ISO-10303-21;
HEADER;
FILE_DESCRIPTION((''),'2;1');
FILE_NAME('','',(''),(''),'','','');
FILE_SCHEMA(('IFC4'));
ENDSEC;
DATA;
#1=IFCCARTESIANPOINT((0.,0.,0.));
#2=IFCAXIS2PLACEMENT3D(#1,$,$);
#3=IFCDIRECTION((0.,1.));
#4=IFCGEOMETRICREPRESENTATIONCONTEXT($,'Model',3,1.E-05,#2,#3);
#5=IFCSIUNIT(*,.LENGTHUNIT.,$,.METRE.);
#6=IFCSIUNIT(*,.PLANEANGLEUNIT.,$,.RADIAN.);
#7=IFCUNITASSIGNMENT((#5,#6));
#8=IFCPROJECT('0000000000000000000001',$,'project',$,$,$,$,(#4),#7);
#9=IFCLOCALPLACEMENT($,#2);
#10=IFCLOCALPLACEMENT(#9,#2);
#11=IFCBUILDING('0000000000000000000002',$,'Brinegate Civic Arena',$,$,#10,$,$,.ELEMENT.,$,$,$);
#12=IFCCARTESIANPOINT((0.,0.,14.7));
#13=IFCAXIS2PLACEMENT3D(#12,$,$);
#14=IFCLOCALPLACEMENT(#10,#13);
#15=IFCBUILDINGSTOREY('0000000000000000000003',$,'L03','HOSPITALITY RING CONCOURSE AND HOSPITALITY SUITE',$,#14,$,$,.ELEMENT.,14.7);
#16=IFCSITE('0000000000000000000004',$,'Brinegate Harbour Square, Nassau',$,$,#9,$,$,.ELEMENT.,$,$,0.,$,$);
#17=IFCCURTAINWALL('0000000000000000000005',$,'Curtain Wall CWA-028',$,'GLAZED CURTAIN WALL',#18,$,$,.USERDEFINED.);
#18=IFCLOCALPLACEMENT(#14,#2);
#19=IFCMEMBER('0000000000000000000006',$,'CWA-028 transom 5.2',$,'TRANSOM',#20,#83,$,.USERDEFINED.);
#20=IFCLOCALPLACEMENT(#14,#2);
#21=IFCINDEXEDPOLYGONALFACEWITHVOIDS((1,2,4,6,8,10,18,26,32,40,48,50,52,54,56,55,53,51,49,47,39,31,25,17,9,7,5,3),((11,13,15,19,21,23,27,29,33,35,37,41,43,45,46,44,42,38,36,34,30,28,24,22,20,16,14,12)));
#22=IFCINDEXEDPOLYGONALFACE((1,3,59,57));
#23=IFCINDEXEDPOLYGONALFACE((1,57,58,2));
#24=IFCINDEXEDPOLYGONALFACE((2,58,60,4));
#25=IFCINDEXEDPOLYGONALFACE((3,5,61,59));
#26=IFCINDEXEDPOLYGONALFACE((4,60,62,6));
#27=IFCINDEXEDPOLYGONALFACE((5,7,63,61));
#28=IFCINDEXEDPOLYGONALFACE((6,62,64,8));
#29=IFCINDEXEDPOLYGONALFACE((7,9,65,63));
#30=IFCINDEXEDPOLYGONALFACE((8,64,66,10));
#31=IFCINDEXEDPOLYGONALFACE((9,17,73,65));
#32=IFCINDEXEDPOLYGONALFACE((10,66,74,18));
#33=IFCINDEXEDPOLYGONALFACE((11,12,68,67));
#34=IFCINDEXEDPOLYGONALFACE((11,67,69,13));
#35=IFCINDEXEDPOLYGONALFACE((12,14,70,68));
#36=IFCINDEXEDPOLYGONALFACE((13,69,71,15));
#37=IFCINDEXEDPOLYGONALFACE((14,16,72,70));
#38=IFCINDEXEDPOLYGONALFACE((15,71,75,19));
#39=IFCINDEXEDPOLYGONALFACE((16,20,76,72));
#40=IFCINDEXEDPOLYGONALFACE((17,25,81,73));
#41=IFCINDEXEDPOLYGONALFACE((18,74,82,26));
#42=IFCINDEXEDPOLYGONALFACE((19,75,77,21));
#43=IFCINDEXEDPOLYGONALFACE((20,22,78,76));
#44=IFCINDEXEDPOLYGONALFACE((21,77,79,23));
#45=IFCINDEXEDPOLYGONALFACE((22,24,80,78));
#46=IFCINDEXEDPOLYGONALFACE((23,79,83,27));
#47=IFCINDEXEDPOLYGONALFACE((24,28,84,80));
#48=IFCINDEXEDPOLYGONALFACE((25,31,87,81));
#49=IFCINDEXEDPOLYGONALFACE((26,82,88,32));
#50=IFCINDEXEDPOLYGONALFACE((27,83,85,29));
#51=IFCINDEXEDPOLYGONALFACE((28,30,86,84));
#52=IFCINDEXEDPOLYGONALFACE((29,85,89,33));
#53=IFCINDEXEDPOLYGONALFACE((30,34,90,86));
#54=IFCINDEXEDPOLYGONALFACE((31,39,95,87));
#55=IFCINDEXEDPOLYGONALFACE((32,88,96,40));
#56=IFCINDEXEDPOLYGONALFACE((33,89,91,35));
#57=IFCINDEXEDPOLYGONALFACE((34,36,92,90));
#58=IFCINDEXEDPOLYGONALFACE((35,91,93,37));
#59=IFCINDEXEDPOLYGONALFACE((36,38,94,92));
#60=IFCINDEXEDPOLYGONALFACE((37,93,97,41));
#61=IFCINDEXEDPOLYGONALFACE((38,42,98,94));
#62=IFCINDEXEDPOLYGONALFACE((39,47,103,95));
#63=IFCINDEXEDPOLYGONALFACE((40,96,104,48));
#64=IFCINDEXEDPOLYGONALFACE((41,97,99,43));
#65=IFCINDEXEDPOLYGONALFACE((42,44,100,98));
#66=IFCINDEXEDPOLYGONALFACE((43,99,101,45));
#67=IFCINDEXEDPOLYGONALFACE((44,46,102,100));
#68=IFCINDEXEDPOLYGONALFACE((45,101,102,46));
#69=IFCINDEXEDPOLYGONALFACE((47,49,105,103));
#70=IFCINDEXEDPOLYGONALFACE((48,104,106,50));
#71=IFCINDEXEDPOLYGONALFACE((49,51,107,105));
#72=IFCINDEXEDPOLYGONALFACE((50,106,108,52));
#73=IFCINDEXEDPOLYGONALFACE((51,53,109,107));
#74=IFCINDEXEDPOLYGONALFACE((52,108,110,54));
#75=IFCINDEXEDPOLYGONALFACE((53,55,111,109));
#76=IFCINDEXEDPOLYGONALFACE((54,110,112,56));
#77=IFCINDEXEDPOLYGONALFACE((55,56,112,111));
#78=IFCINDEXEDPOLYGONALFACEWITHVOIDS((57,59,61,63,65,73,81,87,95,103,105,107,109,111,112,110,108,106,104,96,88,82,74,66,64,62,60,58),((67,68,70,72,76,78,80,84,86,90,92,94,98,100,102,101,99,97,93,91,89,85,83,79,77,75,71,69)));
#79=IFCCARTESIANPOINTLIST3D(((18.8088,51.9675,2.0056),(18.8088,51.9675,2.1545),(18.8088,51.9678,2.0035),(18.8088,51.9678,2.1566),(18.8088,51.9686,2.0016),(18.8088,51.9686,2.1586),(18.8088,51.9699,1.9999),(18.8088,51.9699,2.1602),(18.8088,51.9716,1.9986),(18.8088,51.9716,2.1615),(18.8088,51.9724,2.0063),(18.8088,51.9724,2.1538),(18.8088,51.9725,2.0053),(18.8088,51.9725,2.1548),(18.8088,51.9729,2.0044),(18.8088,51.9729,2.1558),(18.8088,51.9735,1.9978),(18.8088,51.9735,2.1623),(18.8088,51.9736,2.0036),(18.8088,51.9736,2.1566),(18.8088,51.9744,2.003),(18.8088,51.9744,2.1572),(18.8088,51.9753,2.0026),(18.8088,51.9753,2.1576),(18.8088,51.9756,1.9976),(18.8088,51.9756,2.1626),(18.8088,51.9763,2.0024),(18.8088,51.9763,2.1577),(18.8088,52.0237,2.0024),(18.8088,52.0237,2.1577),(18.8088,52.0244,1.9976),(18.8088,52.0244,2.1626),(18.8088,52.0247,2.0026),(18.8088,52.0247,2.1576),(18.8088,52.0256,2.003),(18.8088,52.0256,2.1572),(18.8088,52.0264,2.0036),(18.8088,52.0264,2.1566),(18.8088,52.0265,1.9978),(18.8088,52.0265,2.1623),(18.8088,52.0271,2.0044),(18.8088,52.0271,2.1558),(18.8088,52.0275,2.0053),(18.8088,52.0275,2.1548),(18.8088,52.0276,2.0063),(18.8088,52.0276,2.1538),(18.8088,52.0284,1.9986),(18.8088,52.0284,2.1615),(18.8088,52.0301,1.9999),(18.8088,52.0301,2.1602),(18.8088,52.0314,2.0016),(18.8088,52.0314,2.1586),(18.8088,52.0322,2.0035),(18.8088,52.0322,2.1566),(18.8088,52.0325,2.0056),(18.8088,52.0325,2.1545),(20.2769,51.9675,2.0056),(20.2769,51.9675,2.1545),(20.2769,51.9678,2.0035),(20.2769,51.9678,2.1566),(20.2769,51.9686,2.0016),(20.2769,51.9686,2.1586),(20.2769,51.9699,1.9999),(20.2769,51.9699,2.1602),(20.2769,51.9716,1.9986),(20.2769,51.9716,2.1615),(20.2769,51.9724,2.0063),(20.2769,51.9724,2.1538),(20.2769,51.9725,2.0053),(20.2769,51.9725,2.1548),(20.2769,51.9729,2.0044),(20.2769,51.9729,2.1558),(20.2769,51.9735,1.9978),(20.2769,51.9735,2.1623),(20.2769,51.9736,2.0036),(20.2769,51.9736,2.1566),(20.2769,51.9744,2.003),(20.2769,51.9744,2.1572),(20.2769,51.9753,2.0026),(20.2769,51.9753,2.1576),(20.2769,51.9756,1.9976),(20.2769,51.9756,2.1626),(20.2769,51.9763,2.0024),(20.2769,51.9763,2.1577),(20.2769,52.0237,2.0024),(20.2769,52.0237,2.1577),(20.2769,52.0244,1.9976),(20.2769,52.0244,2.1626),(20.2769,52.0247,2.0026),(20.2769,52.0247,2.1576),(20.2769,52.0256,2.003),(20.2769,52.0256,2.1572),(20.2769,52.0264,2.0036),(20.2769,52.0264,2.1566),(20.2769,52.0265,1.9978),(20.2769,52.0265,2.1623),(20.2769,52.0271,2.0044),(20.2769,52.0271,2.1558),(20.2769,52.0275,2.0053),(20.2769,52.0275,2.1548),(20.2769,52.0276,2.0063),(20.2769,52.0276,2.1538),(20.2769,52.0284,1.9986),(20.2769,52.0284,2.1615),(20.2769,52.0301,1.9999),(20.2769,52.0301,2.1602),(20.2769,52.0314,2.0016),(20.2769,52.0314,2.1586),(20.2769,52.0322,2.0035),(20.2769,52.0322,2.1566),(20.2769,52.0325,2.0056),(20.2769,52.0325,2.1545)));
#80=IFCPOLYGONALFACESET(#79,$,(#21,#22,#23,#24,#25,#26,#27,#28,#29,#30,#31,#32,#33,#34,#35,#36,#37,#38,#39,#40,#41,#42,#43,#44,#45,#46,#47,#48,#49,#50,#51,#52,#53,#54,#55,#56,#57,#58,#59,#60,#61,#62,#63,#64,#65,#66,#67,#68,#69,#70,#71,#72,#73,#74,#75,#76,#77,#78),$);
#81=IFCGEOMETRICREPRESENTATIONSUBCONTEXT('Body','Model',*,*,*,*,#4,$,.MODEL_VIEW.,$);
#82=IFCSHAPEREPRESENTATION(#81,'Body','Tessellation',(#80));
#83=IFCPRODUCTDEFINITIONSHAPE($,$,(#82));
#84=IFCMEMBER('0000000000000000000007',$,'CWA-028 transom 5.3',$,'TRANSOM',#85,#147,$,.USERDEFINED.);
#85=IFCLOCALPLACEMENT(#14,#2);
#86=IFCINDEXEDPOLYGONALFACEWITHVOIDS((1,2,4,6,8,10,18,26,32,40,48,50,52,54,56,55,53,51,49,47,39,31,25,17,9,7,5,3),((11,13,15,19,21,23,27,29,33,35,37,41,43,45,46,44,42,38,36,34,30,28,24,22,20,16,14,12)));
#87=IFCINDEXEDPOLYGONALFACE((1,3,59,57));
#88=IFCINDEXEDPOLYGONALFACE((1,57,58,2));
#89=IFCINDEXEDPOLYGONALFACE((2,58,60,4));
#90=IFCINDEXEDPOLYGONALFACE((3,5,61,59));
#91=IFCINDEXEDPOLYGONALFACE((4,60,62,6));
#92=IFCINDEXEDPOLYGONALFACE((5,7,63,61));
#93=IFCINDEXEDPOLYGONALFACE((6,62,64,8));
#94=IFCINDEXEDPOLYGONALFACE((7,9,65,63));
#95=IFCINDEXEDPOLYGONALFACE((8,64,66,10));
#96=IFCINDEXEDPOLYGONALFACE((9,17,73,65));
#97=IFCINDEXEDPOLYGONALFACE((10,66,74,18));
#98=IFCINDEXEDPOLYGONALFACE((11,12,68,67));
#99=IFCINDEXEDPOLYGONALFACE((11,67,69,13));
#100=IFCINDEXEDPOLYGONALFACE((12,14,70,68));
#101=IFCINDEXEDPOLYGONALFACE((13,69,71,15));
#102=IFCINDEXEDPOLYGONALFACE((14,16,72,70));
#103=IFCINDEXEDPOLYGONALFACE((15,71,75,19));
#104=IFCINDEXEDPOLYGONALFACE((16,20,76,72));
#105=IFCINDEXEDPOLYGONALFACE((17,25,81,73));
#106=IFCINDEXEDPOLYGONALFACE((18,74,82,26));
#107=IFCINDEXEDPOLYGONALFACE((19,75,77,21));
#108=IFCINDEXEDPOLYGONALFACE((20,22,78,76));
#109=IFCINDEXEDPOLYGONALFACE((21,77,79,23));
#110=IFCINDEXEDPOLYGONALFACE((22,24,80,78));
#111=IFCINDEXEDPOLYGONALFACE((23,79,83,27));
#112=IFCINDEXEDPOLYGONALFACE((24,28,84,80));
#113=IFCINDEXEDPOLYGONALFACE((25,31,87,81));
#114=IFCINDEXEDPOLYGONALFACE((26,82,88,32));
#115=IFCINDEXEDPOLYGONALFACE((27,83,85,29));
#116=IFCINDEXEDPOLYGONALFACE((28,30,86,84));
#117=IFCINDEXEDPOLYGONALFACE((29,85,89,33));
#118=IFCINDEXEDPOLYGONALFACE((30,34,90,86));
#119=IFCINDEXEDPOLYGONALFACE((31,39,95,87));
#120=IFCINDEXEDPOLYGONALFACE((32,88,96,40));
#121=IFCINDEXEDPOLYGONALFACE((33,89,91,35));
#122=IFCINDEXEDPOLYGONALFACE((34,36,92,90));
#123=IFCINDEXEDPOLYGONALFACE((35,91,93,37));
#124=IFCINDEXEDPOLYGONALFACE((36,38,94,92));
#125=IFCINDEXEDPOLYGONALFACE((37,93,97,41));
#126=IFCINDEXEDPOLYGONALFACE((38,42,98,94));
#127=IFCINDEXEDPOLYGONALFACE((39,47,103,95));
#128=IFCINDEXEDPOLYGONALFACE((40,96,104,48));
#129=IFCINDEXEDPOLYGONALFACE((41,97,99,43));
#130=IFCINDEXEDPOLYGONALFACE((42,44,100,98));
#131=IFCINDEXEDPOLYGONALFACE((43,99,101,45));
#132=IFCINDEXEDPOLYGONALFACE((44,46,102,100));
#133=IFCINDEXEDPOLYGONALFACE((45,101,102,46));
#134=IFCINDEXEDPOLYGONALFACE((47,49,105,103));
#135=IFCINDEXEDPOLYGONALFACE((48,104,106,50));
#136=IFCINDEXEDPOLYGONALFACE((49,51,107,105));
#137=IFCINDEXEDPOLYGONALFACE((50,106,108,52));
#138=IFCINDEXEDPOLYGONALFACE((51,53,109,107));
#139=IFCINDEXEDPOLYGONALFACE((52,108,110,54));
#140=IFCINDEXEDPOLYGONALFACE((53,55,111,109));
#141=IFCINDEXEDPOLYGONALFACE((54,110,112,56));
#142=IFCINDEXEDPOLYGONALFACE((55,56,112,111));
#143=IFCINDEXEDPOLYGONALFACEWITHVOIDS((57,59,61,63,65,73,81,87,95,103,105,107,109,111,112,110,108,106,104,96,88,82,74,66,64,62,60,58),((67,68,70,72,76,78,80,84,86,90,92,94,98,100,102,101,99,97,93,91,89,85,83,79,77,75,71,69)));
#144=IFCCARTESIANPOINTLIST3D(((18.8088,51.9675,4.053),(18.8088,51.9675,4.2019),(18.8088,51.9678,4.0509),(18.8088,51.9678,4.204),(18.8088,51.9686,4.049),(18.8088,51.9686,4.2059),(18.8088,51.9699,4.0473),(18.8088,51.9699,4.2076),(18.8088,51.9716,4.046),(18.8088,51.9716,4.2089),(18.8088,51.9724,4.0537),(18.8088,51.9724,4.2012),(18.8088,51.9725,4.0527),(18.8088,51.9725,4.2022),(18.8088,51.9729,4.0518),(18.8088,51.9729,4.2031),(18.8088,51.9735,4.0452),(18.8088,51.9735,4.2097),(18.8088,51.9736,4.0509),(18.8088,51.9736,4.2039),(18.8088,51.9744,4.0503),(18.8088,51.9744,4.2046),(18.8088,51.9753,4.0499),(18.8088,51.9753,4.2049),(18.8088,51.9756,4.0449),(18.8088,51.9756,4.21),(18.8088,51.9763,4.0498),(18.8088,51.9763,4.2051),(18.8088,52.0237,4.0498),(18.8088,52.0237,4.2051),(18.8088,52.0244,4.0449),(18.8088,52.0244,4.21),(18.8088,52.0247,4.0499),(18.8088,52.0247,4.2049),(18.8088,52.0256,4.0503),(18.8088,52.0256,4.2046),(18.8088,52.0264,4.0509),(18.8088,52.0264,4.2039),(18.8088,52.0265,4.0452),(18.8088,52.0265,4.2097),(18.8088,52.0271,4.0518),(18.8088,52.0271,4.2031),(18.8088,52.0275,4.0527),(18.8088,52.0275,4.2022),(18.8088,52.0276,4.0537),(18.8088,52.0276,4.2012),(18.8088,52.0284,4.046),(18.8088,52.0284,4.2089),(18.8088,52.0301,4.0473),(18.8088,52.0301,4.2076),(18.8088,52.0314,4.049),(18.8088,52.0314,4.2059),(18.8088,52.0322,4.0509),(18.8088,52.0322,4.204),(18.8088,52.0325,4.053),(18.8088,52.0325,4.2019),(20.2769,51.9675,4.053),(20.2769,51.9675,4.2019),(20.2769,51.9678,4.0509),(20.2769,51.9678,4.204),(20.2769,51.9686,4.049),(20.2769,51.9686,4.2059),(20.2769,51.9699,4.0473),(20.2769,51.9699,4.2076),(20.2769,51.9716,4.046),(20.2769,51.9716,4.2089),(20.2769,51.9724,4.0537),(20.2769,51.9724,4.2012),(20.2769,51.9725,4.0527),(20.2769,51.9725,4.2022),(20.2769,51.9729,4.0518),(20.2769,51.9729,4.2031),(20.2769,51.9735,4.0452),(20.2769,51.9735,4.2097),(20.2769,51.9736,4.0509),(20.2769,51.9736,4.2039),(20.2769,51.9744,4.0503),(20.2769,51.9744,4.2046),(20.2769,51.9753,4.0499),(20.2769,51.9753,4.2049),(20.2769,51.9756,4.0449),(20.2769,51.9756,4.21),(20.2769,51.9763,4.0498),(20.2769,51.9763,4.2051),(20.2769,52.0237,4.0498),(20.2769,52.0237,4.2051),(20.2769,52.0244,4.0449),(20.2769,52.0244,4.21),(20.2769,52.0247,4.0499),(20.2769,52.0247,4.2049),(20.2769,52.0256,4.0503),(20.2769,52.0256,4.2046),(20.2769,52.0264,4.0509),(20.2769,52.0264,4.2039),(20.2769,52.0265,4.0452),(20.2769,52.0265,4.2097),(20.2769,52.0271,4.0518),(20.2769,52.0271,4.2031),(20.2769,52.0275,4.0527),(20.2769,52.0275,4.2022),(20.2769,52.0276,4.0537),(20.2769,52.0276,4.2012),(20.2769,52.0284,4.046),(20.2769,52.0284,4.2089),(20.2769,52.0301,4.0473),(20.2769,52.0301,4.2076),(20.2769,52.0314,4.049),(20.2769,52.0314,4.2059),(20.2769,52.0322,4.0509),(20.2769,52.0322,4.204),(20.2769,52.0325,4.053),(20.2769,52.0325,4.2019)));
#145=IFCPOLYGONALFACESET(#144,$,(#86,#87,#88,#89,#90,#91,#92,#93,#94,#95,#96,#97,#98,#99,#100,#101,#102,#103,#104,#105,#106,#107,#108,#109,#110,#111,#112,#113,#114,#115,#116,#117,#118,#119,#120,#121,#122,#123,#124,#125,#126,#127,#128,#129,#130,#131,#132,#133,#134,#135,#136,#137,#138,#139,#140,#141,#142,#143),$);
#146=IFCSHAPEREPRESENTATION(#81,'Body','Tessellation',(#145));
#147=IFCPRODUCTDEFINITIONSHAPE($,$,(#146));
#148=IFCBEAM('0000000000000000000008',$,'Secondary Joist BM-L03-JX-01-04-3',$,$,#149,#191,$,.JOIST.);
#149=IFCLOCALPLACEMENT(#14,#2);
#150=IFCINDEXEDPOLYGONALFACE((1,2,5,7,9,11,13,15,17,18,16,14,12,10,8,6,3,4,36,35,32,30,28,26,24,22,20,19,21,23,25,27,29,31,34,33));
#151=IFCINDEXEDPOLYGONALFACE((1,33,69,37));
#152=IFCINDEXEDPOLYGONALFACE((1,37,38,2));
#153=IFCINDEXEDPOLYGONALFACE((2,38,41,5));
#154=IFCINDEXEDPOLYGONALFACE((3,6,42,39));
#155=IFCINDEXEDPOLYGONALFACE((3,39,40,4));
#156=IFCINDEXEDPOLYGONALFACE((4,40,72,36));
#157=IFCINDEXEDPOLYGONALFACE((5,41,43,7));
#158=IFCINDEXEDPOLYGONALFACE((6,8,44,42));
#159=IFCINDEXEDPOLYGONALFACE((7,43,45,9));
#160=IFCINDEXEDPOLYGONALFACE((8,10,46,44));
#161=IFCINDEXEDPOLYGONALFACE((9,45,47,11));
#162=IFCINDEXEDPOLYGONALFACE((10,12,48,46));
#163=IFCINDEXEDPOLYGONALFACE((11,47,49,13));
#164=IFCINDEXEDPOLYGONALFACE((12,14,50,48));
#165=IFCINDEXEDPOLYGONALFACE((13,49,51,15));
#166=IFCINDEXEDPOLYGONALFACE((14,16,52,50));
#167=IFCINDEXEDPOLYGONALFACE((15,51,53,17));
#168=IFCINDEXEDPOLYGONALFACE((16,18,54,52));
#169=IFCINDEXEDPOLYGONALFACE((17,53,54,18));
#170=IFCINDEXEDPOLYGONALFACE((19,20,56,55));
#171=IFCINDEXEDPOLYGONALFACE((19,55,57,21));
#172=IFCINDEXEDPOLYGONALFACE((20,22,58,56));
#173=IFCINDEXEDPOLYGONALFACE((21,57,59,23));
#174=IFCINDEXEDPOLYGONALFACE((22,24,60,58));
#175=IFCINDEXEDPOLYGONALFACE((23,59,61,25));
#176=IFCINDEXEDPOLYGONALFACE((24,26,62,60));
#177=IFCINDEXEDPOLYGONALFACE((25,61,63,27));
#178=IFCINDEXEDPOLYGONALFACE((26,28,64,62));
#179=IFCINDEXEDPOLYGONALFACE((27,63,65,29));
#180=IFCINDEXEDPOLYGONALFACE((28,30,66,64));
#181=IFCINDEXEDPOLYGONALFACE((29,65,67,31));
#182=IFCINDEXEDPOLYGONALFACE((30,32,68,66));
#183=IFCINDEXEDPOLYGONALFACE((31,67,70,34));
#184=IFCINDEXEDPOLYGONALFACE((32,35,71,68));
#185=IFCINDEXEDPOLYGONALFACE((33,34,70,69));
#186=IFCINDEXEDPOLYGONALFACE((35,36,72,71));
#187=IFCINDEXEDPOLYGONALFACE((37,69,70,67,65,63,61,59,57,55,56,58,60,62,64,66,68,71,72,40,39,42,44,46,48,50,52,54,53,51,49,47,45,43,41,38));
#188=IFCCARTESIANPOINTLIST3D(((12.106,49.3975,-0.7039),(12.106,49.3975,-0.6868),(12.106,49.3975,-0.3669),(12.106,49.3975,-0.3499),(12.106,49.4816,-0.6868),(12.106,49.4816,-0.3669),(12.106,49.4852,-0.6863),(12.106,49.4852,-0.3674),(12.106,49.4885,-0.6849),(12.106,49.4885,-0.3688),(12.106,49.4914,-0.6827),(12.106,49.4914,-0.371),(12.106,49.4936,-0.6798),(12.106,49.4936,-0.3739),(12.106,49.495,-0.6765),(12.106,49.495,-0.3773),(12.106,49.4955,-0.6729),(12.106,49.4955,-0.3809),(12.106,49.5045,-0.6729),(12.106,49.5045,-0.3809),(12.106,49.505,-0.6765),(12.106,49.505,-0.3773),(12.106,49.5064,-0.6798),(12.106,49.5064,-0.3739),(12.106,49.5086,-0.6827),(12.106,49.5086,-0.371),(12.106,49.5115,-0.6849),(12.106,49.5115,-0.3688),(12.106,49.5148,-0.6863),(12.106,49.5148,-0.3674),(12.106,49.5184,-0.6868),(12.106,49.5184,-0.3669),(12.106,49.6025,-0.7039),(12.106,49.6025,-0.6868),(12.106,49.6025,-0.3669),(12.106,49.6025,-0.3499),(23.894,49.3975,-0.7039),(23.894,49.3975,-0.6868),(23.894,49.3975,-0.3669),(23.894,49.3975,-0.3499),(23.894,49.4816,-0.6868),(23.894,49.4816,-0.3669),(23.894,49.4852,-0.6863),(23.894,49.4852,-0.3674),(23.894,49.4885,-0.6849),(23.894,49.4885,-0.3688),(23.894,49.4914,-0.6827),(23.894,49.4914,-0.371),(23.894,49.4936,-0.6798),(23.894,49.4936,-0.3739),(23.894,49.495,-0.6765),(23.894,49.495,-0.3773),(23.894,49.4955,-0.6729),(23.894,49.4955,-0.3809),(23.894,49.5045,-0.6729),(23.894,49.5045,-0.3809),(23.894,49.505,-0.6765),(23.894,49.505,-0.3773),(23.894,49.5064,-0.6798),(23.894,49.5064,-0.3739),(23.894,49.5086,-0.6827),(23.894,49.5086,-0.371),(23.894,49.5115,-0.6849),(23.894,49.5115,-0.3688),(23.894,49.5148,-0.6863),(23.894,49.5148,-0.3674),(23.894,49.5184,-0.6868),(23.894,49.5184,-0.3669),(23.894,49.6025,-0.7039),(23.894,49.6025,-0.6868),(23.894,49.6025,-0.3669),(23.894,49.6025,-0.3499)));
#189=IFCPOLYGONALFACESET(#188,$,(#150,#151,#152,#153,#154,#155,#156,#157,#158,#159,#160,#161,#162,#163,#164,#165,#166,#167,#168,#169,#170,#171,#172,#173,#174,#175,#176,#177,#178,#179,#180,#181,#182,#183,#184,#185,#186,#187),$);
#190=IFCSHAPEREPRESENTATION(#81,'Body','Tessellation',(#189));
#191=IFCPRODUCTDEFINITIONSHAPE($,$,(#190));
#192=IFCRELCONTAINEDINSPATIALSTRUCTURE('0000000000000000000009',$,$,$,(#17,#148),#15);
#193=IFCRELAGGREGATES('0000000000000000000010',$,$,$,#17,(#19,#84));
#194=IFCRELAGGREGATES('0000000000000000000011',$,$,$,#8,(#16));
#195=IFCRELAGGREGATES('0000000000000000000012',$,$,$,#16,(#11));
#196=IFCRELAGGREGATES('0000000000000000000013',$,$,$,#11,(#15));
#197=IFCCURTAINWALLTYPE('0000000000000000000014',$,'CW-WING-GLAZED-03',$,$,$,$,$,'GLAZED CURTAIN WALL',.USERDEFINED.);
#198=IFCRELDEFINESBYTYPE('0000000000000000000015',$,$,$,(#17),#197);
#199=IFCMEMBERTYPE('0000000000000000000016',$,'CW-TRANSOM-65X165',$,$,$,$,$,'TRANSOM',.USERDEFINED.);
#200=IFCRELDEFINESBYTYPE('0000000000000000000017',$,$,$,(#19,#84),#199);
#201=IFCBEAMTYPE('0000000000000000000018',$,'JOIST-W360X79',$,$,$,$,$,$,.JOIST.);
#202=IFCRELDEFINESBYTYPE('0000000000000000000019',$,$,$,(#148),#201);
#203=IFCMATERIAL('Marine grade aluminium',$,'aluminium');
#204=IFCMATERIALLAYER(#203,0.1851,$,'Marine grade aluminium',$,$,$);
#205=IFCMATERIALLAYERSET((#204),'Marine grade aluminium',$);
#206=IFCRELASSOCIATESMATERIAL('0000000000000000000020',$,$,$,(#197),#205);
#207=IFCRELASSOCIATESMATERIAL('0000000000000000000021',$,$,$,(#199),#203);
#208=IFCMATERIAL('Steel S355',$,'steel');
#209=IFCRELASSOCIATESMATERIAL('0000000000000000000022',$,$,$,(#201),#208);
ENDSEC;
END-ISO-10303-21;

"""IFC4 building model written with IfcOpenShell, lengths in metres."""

from ifc_helpers import new_model, si_unit, direction, frame, origin, origin_2d, place, context, subcontext, project, spatial, hollow_rectangle, i_section, extrude, material, layer, layer_set, material_profile, profile_set, type_object, element, aggregate, save


model = new_model("IFC4")

# Units and contexts
model_context = context("Model", 3, precision=1e-05, world=origin(), true_north=direction((0.0, 1.0)))
body_context = subcontext(model_context, "Body", "Model", "MODEL_VIEW")
ifc_project = project(units=[si_unit("LENGTHUNIT", "METRE"), si_unit("PLANEANGLEUNIT", "RADIAN")], contexts=[model_context])

# Site, building, storey
site_placement = place(None, origin())
site = spatial("IfcSite", under=ifc_project, at=site_placement, Name="Brinegate Harbour Square, Nassau", CompositionType="ELEMENT", RefElevation=0.0)
building_placement = place(site_placement, origin())
building = spatial("IfcBuilding", under=site, at=building_placement, Name="Brinegate Civic Arena", CompositionType="ELEMENT")
storey_placement = place(building_placement, frame((0.0, 0.0, 14.7)))
storey = spatial("IfcBuildingStorey", under=building, at=storey_placement, Name="L03", Description="HOSPITALITY RING CONCOURSE AND HOSPITALITY SUITE", CompositionType="ELEMENT", Elevation=14.7)

# Curtain wall, members
ifc_material_1 = material(Name="Marine grade aluminium", Category="aluminium")
ifc_layer_1 = layer(ifc_material_1, 0.1851, Name="Marine grade aluminium")
ifc_layer_set_1 = layer_set([ifc_layer_1], Name="Marine grade aluminium")
curtain_wall_type = type_object("IfcCurtainWallType", Name="CW-WING-GLAZED-03", ElementType="GLAZED CURTAIN WALL", PredefinedType="USERDEFINED", material=ifc_layer_set_1)
curtain_wall_placement = place(storey_placement, origin())
curtain_wall = element("IfcCurtainWall", 1, at=curtain_wall_placement, inside=storey, type_object=curtain_wall_type, Name="Curtain Wall CWA-028", ObjectType="GLAZED CURTAIN WALL", PredefinedType="USERDEFINED")
ifc_material_profile_1 = material_profile(ifc_material_1, hollow_rectangle(XDim=0.0649, YDim=0.165, WallThickness=0.0049, InnerFilletRadius=0.0039, OuterFilletRadius=0.0081, at=origin_2d()), Name="TRN65X165")
ifc_profile_set_1 = profile_set([ifc_material_profile_1], Name="Marine grade aluminium")
member_type_1 = type_object("IfcMemberType", Name="CW-TRANSOM-65X165", ElementType="TRANSOM", PredefinedType="USERDEFINED", material=ifc_profile_set_1)
member_1_placement = place(storey_placement, frame((18.8088, 52.0, 2.0801), z_axis=(1.0, 0.0, 0.0), x_axis=(0.0, 1.0, 0.0)))
member_1 = element("IfcMember", 2, at=member_1_placement, type_object=member_type_1, Name="CWA-028 transom 5.2", ObjectType="TRANSOM", PredefinedType="USERDEFINED", context=body_context, shape_type="SweptSolid", body=[
    extrude(hollow_rectangle(XDim=0.0649, YDim=0.165, WallThickness=0.0049, InnerFilletRadius=0.0039, OuterFilletRadius=0.0081, at=origin_2d()), origin(), (0.0, 0.0, 1.0), 1.468),
])
member_2_placement = place(storey_placement, frame((18.8088, 52.0, 4.1274), z_axis=(1.0, 0.0, 0.0), x_axis=(0.0, 1.0, 0.0)))
member_2 = element("IfcMember", 3, at=member_2_placement, type_object=member_type_1, Name="CWA-028 transom 5.3", ObjectType="TRANSOM", PredefinedType="USERDEFINED", context=body_context, shape_type="SweptSolid", body=[
    extrude(hollow_rectangle(XDim=0.0649, YDim=0.165, WallThickness=0.0049, InnerFilletRadius=0.0039, OuterFilletRadius=0.0081, at=origin_2d()), origin(), (0.0, 0.0, 1.0), 1.468),
])

# Beam
ifc_material_2 = material(Name="Steel S355", Category="steel")
ifc_material_profile_2 = material_profile(ifc_material_2, i_section(OverallWidth=0.2051, OverallDepth=0.354, WebThickness=0.009, FlangeThickness=0.0171, FilletRadius=0.0139, at=origin_2d()), Name="W360X79")
ifc_profile_set_2 = profile_set([ifc_material_profile_2], Name="Steel S355")
beam_type_1 = type_object("IfcBeamType", Name="JOIST-W360X79", PredefinedType="JOIST", material=ifc_profile_set_2)
beam_1_placement = place(storey_placement, frame((12.106, 49.5, -0.5269), z_axis=(1.0, 0.0, 0.0), x_axis=(0.0, 1.0, 0.0)))
element("IfcBeam", 4, at=beam_1_placement, inside=storey, type_object=beam_type_1, Name="Secondary Joist BM-L03-JX-01-04-3", PredefinedType="JOIST", context=body_context, shape_type="SweptSolid", body=[
    extrude(i_section(OverallWidth=0.2051, OverallDepth=0.354, WebThickness=0.009, FlangeThickness=0.0171, FilletRadius=0.0139, at=origin_2d()), origin(), (0.0, 0.0, 1.0), 11.7881),
])

aggregate(curtain_wall, [member_1, member_2])

save(model, "model.ifc")
